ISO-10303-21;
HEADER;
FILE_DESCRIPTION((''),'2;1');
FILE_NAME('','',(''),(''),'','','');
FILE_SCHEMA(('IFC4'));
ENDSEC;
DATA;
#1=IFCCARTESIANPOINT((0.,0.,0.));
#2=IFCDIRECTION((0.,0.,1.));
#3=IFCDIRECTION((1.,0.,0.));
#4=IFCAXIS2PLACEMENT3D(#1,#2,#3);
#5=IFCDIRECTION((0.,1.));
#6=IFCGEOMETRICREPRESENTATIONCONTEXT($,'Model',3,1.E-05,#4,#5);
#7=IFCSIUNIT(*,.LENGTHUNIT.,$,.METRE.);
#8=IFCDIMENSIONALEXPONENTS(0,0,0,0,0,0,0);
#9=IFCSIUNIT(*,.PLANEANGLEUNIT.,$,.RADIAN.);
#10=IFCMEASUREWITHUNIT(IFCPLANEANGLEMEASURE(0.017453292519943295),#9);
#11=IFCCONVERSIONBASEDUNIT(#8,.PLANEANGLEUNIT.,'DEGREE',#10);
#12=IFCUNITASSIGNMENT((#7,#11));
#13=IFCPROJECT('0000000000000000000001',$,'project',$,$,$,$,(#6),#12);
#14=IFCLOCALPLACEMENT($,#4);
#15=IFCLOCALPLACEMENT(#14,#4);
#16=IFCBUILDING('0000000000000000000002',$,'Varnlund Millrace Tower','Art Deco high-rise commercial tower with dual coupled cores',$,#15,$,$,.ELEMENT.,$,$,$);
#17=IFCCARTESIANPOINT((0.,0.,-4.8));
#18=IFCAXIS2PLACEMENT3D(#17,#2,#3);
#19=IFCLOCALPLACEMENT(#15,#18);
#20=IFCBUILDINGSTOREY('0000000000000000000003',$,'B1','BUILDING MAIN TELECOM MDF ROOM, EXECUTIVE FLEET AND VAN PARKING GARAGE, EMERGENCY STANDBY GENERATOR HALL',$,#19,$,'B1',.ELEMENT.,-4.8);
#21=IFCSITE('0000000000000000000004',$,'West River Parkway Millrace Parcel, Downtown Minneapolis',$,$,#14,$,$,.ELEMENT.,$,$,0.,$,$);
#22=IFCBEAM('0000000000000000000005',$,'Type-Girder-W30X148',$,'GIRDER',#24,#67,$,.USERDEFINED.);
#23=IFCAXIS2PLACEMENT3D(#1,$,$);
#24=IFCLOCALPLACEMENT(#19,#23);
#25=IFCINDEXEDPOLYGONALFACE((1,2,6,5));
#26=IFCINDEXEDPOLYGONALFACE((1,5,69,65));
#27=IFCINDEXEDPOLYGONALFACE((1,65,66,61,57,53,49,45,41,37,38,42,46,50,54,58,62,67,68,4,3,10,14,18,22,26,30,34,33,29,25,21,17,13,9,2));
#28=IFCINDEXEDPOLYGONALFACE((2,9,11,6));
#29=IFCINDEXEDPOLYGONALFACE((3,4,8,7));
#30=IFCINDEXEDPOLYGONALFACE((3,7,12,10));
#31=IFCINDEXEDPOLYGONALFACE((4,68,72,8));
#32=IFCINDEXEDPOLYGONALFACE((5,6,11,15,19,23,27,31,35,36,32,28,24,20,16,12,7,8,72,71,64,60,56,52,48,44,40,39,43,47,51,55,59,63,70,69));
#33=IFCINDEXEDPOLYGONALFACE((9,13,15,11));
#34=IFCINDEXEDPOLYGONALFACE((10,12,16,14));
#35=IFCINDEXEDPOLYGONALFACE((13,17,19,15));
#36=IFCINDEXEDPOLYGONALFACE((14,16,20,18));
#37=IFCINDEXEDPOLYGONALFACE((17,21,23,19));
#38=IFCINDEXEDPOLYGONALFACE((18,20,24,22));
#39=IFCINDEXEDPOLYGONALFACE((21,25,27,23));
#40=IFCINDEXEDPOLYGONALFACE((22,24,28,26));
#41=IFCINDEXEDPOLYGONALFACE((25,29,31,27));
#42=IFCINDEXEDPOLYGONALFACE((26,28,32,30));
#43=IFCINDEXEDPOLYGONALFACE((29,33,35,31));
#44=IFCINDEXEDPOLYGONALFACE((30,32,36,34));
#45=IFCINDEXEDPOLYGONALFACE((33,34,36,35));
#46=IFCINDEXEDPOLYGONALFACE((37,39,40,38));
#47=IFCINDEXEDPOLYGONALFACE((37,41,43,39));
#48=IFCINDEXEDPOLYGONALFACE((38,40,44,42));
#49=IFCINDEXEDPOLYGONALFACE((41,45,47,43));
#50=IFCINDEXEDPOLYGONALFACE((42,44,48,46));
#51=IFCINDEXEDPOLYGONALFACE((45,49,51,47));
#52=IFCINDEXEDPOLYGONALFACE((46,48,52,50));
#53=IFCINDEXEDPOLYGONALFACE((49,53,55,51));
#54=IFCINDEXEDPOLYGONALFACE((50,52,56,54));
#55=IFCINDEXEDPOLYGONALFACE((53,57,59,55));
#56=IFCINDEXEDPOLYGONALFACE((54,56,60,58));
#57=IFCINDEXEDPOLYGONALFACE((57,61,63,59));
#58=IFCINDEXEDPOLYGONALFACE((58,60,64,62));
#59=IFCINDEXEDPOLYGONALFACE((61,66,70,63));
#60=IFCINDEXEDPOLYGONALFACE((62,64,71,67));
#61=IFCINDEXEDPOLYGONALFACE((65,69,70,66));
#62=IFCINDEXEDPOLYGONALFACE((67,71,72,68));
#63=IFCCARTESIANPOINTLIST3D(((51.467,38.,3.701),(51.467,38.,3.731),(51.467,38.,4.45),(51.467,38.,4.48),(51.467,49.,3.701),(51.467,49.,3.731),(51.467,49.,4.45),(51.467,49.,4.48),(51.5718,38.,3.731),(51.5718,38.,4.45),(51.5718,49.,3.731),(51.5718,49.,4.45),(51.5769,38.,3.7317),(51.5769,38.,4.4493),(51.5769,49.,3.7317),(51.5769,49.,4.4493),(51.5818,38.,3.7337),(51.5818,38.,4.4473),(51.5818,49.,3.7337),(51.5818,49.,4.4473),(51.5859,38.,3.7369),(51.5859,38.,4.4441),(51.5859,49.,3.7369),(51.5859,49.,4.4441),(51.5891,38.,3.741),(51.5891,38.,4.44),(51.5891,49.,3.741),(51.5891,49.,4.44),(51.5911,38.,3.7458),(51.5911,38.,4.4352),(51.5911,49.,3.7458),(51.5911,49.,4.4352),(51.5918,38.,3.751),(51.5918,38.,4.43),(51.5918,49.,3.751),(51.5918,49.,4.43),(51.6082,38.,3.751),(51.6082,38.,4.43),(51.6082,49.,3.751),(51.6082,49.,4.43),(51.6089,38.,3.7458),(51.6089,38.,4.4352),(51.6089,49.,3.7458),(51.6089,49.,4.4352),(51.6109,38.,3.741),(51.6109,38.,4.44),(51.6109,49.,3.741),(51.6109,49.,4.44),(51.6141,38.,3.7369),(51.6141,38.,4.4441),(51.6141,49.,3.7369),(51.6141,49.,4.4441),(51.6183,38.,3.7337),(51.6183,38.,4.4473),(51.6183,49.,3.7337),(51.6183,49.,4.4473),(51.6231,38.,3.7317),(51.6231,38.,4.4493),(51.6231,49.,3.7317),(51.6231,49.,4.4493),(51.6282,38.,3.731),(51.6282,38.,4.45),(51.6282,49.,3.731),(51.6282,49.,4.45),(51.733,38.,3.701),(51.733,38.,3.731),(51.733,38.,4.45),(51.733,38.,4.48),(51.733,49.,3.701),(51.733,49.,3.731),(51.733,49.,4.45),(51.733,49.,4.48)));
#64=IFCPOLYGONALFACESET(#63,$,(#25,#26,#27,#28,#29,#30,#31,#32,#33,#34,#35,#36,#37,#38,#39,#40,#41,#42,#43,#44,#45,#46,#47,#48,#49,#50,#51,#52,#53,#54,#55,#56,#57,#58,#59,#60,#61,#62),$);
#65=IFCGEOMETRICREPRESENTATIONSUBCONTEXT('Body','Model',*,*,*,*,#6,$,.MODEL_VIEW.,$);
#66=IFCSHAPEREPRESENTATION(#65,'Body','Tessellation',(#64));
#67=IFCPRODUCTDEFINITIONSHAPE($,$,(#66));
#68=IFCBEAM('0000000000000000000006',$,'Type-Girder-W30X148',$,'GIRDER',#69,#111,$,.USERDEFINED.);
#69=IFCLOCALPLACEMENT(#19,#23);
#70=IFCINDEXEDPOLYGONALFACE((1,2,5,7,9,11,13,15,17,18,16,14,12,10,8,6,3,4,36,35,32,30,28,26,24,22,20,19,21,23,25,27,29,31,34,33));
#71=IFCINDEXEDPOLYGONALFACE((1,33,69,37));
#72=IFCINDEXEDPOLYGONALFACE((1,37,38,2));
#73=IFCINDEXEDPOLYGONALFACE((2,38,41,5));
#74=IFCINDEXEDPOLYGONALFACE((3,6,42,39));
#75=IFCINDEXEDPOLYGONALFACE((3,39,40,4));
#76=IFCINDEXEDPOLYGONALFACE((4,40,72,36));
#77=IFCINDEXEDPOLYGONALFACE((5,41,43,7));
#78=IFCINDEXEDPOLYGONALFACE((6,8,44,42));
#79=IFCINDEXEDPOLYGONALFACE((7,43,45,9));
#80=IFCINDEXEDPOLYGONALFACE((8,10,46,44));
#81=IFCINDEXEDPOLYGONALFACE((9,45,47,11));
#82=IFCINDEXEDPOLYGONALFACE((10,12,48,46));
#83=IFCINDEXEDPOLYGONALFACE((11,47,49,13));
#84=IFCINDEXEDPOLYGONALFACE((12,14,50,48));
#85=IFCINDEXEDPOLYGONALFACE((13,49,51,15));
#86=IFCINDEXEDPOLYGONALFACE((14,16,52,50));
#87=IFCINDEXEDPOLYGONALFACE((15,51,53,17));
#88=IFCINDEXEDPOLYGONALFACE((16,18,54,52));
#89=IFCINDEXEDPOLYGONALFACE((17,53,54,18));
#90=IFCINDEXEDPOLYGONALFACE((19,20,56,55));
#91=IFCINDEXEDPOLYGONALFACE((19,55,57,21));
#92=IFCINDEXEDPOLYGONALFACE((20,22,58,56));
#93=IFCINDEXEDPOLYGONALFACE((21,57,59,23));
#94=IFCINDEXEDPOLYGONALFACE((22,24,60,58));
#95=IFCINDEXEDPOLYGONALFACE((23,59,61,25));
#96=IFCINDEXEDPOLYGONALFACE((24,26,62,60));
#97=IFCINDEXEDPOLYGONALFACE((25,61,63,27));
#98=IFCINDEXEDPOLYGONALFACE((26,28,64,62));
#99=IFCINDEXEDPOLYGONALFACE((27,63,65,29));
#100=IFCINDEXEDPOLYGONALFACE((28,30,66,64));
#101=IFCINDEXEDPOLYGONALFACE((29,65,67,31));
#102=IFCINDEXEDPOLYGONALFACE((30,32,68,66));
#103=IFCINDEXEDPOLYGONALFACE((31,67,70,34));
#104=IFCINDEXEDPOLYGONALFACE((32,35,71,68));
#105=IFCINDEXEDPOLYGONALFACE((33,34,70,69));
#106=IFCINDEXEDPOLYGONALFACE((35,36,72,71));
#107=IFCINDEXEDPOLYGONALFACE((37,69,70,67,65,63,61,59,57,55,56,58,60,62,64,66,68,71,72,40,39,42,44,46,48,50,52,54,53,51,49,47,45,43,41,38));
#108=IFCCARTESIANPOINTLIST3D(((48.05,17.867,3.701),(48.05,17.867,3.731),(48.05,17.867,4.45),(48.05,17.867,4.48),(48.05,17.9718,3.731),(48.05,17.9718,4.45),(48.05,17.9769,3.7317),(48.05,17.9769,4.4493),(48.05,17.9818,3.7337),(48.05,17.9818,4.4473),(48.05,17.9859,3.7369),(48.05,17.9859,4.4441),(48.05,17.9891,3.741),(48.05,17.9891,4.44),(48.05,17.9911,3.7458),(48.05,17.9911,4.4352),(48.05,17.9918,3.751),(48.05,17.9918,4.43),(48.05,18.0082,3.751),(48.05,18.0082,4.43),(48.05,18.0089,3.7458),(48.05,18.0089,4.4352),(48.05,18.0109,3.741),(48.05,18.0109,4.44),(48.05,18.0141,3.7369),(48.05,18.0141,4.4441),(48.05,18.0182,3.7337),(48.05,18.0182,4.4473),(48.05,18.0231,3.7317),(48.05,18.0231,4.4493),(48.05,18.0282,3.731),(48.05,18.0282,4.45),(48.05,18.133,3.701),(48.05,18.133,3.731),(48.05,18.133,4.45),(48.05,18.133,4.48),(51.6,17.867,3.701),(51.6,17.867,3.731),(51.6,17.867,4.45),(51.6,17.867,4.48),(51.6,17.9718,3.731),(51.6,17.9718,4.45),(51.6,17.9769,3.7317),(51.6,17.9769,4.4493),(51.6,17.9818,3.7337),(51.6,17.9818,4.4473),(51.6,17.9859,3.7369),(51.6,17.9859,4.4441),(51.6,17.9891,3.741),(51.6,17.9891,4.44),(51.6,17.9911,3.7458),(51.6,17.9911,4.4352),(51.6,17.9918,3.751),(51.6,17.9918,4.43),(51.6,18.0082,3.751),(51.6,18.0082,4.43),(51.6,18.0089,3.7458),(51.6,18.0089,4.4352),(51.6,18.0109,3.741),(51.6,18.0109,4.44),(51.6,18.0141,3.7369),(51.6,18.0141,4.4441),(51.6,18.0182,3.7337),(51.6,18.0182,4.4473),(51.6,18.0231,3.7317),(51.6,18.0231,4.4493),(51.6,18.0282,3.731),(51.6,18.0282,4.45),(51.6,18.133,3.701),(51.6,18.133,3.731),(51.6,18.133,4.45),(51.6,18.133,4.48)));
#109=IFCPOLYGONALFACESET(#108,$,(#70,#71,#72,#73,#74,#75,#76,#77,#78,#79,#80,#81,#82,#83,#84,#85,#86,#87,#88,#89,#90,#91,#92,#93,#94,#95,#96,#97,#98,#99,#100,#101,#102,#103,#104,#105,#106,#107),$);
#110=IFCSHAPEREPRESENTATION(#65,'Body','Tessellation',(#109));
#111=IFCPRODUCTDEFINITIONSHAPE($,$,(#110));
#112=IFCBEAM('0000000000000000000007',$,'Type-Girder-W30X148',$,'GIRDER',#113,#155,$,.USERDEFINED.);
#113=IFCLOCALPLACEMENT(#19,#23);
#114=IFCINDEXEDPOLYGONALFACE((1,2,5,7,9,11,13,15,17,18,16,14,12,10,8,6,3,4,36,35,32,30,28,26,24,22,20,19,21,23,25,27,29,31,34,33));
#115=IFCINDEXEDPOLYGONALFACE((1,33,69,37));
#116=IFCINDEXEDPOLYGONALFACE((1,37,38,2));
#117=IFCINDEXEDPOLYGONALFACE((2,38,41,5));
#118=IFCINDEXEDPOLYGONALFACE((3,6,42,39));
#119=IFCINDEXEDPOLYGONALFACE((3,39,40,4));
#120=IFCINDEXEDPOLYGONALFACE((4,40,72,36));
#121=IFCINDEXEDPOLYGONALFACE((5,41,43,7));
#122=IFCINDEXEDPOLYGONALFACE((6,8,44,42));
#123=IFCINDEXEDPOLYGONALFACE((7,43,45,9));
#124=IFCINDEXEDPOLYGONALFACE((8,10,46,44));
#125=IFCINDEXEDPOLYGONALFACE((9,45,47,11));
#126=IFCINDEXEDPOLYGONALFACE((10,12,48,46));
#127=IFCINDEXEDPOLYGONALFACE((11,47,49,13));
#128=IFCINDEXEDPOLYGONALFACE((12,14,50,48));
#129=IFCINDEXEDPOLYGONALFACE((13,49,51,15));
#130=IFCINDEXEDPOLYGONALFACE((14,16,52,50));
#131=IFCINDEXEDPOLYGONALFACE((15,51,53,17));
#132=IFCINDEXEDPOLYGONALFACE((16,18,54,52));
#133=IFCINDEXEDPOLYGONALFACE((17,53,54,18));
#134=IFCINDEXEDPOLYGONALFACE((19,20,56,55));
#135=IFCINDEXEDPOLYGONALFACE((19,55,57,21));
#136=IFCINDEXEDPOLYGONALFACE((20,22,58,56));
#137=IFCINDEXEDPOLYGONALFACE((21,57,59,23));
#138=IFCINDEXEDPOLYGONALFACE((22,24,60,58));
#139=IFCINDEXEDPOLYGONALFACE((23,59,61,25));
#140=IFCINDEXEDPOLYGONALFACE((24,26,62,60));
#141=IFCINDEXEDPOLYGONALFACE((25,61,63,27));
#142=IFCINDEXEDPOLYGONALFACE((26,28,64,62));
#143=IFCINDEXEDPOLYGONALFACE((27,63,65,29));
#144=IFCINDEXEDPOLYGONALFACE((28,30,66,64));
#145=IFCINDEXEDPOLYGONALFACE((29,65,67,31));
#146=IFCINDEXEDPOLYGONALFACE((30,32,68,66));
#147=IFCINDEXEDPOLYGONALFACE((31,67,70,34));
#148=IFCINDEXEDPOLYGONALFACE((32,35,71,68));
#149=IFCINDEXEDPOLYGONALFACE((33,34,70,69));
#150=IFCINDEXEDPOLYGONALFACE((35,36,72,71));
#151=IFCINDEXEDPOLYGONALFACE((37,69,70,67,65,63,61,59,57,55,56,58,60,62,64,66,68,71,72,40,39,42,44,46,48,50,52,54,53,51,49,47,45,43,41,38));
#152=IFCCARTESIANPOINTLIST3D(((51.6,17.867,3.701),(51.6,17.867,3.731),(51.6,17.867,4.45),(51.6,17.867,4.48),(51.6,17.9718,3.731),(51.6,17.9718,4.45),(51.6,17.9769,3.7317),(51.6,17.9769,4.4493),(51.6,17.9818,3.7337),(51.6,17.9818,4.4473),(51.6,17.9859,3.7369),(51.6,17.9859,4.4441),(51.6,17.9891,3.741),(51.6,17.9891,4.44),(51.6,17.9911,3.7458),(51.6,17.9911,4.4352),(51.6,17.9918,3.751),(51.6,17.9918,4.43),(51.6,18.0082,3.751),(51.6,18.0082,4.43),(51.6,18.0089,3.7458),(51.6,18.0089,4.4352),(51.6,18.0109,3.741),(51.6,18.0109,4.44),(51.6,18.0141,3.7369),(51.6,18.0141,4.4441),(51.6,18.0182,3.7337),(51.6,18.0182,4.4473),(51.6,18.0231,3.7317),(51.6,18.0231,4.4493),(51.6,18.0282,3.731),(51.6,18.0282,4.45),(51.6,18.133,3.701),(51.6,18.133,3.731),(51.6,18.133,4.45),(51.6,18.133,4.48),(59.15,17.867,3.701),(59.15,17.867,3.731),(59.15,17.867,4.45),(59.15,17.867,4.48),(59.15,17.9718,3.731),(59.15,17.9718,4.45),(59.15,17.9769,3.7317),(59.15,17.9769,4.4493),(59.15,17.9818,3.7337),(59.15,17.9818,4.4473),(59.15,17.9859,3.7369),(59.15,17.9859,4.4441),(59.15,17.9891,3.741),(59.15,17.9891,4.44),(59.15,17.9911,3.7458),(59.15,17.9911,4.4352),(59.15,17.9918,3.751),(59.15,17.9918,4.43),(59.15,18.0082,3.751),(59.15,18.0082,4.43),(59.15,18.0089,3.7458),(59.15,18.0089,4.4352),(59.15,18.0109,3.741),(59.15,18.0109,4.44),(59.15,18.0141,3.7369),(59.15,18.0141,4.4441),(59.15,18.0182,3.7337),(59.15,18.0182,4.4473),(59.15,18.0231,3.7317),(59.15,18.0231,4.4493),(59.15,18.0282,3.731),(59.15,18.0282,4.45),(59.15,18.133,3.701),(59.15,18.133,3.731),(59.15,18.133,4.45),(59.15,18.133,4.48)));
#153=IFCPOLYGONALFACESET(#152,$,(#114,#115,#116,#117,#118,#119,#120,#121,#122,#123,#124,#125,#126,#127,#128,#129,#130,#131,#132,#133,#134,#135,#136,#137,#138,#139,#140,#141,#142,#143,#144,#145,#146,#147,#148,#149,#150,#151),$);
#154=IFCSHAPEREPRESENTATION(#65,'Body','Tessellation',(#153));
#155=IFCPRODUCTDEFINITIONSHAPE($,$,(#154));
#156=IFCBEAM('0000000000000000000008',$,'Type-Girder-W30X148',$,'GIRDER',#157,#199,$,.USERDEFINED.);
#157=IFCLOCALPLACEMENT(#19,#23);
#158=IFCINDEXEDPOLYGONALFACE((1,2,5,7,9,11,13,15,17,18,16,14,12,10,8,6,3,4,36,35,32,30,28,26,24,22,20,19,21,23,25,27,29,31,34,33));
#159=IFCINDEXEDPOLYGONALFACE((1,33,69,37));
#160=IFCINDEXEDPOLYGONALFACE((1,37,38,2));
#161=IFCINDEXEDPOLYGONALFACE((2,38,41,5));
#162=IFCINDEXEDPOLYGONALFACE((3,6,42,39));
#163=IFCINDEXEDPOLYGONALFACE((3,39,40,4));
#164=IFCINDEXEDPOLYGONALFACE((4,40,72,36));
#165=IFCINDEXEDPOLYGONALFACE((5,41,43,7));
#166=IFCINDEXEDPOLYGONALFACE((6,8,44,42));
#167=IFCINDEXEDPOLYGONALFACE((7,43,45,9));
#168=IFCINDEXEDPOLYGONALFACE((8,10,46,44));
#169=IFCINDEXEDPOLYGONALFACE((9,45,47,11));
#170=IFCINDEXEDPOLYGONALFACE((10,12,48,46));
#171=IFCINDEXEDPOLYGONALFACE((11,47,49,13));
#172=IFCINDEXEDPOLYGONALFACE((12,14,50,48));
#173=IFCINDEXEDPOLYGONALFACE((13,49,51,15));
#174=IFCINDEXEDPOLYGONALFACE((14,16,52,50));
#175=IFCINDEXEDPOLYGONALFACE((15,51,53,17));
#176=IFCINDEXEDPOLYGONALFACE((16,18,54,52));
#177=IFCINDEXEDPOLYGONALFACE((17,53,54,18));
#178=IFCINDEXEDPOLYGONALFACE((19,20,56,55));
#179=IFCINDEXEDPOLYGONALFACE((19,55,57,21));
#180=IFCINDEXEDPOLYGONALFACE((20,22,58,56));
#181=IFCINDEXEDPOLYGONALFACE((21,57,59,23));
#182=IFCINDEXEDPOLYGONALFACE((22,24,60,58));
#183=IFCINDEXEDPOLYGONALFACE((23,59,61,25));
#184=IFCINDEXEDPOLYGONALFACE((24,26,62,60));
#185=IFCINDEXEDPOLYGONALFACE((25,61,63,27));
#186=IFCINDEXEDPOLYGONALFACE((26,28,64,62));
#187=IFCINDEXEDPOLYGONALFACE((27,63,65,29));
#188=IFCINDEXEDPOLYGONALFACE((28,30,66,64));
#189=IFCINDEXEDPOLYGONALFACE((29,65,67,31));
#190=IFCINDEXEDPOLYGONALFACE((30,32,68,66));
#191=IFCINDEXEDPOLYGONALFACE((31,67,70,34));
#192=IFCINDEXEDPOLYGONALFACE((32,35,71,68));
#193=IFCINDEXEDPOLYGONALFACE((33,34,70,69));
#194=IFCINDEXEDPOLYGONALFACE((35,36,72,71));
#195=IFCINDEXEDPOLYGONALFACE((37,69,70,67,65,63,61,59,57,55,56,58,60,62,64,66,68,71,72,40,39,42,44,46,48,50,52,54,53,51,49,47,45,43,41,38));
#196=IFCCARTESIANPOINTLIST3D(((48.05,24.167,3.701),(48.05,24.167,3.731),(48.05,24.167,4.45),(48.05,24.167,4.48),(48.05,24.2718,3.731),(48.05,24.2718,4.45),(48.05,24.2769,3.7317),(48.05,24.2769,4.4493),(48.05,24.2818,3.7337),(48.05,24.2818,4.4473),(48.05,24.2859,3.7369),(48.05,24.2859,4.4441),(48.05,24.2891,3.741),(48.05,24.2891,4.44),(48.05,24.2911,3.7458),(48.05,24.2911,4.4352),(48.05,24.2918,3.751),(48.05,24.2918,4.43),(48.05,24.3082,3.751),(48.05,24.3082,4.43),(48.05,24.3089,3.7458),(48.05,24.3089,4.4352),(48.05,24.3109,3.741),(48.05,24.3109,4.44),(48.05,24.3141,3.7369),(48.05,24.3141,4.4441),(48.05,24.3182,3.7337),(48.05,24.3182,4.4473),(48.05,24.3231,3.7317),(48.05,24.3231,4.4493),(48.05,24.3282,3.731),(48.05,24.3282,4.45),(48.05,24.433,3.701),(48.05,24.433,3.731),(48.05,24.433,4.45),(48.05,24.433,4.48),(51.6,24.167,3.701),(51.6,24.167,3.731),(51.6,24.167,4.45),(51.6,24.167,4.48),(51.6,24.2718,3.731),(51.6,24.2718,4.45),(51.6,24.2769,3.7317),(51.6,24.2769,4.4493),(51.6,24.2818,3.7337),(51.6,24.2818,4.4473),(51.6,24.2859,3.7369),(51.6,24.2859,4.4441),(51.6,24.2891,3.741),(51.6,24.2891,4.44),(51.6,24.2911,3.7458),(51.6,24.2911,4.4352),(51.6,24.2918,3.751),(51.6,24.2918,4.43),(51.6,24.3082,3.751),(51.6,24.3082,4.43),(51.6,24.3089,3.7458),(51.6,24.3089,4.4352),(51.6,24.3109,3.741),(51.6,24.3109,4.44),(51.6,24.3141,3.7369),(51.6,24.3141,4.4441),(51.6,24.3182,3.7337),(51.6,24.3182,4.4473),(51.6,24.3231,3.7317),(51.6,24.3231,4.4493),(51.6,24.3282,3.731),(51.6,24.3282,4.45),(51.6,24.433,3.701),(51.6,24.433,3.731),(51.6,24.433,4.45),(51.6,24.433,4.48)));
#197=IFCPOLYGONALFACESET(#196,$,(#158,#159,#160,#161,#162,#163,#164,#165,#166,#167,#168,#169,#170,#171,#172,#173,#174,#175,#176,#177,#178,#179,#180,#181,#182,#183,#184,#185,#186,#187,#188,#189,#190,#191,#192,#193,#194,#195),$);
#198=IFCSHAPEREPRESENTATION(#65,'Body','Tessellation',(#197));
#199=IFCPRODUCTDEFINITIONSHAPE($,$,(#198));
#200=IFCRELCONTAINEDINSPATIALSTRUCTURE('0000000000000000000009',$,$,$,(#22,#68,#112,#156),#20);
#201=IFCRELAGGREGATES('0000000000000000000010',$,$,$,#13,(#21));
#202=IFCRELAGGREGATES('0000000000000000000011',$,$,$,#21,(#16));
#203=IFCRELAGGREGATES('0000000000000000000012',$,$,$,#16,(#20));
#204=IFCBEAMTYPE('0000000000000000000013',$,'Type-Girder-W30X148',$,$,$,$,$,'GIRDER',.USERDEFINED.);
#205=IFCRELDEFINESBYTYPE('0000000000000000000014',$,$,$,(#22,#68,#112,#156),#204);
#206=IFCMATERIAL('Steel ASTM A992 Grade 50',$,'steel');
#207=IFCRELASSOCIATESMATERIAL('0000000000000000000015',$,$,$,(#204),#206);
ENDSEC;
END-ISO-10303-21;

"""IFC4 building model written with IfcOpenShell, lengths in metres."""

from ifc_helpers import new_model, entity, si_unit, converted_unit, direction, frame, origin_with_axes, origin_2d_with_axis, place, context, subcontext, project, spatial, i_section, extrude, material, material_profile, profile_set, type_object, element, save


model = new_model("IFC4")

# Units and contexts
model_context = context("Model", 3, precision=1e-05, world=origin_with_axes(), true_north=direction((0.0, 1.0)))
body_context = subcontext(model_context, "Body", "Model", "MODEL_VIEW")
ifc_project = project(units=[si_unit("LENGTHUNIT", "METRE"), converted_unit("PLANEANGLEUNIT", "DEGREE", entity("IfcPlaneAngleMeasure", 0.017453292519943295), si_unit("PLANEANGLEUNIT", "RADIAN"), dimensions=[0, 0, 0, 0, 0, 0, 0])], contexts=[model_context])

# Site, building, storey
site_placement = place(None, origin_with_axes())
site = spatial("IfcSite", under=ifc_project, at=site_placement, Name="West River Parkway Millrace Parcel, Downtown Minneapolis", CompositionType="ELEMENT", RefElevation=0.0)
building_placement = place(site_placement, origin_with_axes())
building = spatial("IfcBuilding", under=site, at=building_placement, Name="Varnlund Millrace Tower", Description="Art Deco high-rise commercial tower with dual coupled cores", CompositionType="ELEMENT")
storey_placement = place(building_placement, frame((0.0, 0.0, -4.8), z_axis=(0.0, 0.0, 1.0), x_axis=(1.0, 0.0, 0.0)))
storey = spatial("IfcBuildingStorey", under=building, at=storey_placement, Name="B1", Description="BUILDING MAIN TELECOM MDF ROOM, EXECUTIVE FLEET AND VAN PARKING GARAGE, EMERGENCY STANDBY GENERATOR HALL", LongName="B1", CompositionType="ELEMENT", Elevation=-4.8)

# Beams
ifc_material_1 = material(Name="Steel ASTM A992 Grade 50", Category="steel")
ifc_material_profile_1 = material_profile(ifc_material_1, i_section(OverallWidth=0.266, OverallDepth=0.779, WebThickness=0.0165, FlangeThickness=0.03, FilletRadius=0.02, at=origin_2d_with_axis()), Name="Steel ASTM A992 Grade 50")
ifc_profile_set_1 = profile_set([ifc_material_profile_1], Name="Steel ASTM A992 Grade 50")
beam_type_1 = type_object("IfcBeamType", Name="Type-Girder-W30X148", ElementType="GIRDER", PredefinedType="USERDEFINED", material=ifc_profile_set_1)
beam_1_placement = place(storey_placement, frame((51.6, 38.0, 4.0905), z_axis=(0.0, 1.0, 0.0), x_axis=(-1.0, 0.0, 0.0)))
element("IfcBeam", 1, at=beam_1_placement, inside=storey, type_object=beam_type_1, Name="Type-Girder-W30X148", ObjectType="GIRDER", PredefinedType="USERDEFINED", context=body_context, shape_type="SweptSolid", body=[
    extrude(i_section(OverallWidth=0.266, OverallDepth=0.779, WebThickness=0.0165, FlangeThickness=0.03, FilletRadius=0.02, at=origin_2d_with_axis()), origin_with_axes(), (0.0, 0.0, 1.0), 11.0),
])
beam_2_placement = place(storey_placement, frame((48.05, 18.0, 4.0905), z_axis=(1.0, 0.0, 0.0), x_axis=(0.0, 1.0, 0.0)))
element("IfcBeam", 2, at=beam_2_placement, inside=storey, type_object=beam_type_1, Name="Type-Girder-W30X148", ObjectType="GIRDER", PredefinedType="USERDEFINED", context=body_context, shape_type="SweptSolid", body=[
    extrude(i_section(OverallWidth=0.266, OverallDepth=0.779, WebThickness=0.0165, FlangeThickness=0.03, FilletRadius=0.02, at=origin_2d_with_axis()), origin_with_axes(), (0.0, 0.0, 1.0), 3.55),
])
beam_3_placement = place(storey_placement, frame((51.6, 18.0, 4.0905), z_axis=(1.0, 0.0, 0.0), x_axis=(0.0, 1.0, 0.0)))
element("IfcBeam", 3, at=beam_3_placement, inside=storey, type_object=beam_type_1, Name="Type-Girder-W30X148", ObjectType="GIRDER", PredefinedType="USERDEFINED", context=body_context, shape_type="SweptSolid", body=[
    extrude(i_section(OverallWidth=0.266, OverallDepth=0.779, WebThickness=0.0165, FlangeThickness=0.03, FilletRadius=0.02, at=origin_2d_with_axis()), origin_with_axes(), (0.0, 0.0, 1.0), 7.55),
])
beam_4_placement = place(storey_placement, frame((48.05, 24.3, 4.0905), z_axis=(1.0, 0.0, 0.0), x_axis=(0.0, 1.0, 0.0)))
element("IfcBeam", 4, at=beam_4_placement, inside=storey, type_object=beam_type_1, Name="Type-Girder-W30X148", ObjectType="GIRDER", PredefinedType="USERDEFINED", context=body_context, shape_type="SweptSolid", body=[
    extrude(i_section(OverallWidth=0.266, OverallDepth=0.779, WebThickness=0.0165, FlangeThickness=0.03, FilletRadius=0.02, at=origin_2d_with_axis()), origin_with_axes(), (0.0, 0.0, 1.0), 3.55),
])

save(model, "model.ifc")
